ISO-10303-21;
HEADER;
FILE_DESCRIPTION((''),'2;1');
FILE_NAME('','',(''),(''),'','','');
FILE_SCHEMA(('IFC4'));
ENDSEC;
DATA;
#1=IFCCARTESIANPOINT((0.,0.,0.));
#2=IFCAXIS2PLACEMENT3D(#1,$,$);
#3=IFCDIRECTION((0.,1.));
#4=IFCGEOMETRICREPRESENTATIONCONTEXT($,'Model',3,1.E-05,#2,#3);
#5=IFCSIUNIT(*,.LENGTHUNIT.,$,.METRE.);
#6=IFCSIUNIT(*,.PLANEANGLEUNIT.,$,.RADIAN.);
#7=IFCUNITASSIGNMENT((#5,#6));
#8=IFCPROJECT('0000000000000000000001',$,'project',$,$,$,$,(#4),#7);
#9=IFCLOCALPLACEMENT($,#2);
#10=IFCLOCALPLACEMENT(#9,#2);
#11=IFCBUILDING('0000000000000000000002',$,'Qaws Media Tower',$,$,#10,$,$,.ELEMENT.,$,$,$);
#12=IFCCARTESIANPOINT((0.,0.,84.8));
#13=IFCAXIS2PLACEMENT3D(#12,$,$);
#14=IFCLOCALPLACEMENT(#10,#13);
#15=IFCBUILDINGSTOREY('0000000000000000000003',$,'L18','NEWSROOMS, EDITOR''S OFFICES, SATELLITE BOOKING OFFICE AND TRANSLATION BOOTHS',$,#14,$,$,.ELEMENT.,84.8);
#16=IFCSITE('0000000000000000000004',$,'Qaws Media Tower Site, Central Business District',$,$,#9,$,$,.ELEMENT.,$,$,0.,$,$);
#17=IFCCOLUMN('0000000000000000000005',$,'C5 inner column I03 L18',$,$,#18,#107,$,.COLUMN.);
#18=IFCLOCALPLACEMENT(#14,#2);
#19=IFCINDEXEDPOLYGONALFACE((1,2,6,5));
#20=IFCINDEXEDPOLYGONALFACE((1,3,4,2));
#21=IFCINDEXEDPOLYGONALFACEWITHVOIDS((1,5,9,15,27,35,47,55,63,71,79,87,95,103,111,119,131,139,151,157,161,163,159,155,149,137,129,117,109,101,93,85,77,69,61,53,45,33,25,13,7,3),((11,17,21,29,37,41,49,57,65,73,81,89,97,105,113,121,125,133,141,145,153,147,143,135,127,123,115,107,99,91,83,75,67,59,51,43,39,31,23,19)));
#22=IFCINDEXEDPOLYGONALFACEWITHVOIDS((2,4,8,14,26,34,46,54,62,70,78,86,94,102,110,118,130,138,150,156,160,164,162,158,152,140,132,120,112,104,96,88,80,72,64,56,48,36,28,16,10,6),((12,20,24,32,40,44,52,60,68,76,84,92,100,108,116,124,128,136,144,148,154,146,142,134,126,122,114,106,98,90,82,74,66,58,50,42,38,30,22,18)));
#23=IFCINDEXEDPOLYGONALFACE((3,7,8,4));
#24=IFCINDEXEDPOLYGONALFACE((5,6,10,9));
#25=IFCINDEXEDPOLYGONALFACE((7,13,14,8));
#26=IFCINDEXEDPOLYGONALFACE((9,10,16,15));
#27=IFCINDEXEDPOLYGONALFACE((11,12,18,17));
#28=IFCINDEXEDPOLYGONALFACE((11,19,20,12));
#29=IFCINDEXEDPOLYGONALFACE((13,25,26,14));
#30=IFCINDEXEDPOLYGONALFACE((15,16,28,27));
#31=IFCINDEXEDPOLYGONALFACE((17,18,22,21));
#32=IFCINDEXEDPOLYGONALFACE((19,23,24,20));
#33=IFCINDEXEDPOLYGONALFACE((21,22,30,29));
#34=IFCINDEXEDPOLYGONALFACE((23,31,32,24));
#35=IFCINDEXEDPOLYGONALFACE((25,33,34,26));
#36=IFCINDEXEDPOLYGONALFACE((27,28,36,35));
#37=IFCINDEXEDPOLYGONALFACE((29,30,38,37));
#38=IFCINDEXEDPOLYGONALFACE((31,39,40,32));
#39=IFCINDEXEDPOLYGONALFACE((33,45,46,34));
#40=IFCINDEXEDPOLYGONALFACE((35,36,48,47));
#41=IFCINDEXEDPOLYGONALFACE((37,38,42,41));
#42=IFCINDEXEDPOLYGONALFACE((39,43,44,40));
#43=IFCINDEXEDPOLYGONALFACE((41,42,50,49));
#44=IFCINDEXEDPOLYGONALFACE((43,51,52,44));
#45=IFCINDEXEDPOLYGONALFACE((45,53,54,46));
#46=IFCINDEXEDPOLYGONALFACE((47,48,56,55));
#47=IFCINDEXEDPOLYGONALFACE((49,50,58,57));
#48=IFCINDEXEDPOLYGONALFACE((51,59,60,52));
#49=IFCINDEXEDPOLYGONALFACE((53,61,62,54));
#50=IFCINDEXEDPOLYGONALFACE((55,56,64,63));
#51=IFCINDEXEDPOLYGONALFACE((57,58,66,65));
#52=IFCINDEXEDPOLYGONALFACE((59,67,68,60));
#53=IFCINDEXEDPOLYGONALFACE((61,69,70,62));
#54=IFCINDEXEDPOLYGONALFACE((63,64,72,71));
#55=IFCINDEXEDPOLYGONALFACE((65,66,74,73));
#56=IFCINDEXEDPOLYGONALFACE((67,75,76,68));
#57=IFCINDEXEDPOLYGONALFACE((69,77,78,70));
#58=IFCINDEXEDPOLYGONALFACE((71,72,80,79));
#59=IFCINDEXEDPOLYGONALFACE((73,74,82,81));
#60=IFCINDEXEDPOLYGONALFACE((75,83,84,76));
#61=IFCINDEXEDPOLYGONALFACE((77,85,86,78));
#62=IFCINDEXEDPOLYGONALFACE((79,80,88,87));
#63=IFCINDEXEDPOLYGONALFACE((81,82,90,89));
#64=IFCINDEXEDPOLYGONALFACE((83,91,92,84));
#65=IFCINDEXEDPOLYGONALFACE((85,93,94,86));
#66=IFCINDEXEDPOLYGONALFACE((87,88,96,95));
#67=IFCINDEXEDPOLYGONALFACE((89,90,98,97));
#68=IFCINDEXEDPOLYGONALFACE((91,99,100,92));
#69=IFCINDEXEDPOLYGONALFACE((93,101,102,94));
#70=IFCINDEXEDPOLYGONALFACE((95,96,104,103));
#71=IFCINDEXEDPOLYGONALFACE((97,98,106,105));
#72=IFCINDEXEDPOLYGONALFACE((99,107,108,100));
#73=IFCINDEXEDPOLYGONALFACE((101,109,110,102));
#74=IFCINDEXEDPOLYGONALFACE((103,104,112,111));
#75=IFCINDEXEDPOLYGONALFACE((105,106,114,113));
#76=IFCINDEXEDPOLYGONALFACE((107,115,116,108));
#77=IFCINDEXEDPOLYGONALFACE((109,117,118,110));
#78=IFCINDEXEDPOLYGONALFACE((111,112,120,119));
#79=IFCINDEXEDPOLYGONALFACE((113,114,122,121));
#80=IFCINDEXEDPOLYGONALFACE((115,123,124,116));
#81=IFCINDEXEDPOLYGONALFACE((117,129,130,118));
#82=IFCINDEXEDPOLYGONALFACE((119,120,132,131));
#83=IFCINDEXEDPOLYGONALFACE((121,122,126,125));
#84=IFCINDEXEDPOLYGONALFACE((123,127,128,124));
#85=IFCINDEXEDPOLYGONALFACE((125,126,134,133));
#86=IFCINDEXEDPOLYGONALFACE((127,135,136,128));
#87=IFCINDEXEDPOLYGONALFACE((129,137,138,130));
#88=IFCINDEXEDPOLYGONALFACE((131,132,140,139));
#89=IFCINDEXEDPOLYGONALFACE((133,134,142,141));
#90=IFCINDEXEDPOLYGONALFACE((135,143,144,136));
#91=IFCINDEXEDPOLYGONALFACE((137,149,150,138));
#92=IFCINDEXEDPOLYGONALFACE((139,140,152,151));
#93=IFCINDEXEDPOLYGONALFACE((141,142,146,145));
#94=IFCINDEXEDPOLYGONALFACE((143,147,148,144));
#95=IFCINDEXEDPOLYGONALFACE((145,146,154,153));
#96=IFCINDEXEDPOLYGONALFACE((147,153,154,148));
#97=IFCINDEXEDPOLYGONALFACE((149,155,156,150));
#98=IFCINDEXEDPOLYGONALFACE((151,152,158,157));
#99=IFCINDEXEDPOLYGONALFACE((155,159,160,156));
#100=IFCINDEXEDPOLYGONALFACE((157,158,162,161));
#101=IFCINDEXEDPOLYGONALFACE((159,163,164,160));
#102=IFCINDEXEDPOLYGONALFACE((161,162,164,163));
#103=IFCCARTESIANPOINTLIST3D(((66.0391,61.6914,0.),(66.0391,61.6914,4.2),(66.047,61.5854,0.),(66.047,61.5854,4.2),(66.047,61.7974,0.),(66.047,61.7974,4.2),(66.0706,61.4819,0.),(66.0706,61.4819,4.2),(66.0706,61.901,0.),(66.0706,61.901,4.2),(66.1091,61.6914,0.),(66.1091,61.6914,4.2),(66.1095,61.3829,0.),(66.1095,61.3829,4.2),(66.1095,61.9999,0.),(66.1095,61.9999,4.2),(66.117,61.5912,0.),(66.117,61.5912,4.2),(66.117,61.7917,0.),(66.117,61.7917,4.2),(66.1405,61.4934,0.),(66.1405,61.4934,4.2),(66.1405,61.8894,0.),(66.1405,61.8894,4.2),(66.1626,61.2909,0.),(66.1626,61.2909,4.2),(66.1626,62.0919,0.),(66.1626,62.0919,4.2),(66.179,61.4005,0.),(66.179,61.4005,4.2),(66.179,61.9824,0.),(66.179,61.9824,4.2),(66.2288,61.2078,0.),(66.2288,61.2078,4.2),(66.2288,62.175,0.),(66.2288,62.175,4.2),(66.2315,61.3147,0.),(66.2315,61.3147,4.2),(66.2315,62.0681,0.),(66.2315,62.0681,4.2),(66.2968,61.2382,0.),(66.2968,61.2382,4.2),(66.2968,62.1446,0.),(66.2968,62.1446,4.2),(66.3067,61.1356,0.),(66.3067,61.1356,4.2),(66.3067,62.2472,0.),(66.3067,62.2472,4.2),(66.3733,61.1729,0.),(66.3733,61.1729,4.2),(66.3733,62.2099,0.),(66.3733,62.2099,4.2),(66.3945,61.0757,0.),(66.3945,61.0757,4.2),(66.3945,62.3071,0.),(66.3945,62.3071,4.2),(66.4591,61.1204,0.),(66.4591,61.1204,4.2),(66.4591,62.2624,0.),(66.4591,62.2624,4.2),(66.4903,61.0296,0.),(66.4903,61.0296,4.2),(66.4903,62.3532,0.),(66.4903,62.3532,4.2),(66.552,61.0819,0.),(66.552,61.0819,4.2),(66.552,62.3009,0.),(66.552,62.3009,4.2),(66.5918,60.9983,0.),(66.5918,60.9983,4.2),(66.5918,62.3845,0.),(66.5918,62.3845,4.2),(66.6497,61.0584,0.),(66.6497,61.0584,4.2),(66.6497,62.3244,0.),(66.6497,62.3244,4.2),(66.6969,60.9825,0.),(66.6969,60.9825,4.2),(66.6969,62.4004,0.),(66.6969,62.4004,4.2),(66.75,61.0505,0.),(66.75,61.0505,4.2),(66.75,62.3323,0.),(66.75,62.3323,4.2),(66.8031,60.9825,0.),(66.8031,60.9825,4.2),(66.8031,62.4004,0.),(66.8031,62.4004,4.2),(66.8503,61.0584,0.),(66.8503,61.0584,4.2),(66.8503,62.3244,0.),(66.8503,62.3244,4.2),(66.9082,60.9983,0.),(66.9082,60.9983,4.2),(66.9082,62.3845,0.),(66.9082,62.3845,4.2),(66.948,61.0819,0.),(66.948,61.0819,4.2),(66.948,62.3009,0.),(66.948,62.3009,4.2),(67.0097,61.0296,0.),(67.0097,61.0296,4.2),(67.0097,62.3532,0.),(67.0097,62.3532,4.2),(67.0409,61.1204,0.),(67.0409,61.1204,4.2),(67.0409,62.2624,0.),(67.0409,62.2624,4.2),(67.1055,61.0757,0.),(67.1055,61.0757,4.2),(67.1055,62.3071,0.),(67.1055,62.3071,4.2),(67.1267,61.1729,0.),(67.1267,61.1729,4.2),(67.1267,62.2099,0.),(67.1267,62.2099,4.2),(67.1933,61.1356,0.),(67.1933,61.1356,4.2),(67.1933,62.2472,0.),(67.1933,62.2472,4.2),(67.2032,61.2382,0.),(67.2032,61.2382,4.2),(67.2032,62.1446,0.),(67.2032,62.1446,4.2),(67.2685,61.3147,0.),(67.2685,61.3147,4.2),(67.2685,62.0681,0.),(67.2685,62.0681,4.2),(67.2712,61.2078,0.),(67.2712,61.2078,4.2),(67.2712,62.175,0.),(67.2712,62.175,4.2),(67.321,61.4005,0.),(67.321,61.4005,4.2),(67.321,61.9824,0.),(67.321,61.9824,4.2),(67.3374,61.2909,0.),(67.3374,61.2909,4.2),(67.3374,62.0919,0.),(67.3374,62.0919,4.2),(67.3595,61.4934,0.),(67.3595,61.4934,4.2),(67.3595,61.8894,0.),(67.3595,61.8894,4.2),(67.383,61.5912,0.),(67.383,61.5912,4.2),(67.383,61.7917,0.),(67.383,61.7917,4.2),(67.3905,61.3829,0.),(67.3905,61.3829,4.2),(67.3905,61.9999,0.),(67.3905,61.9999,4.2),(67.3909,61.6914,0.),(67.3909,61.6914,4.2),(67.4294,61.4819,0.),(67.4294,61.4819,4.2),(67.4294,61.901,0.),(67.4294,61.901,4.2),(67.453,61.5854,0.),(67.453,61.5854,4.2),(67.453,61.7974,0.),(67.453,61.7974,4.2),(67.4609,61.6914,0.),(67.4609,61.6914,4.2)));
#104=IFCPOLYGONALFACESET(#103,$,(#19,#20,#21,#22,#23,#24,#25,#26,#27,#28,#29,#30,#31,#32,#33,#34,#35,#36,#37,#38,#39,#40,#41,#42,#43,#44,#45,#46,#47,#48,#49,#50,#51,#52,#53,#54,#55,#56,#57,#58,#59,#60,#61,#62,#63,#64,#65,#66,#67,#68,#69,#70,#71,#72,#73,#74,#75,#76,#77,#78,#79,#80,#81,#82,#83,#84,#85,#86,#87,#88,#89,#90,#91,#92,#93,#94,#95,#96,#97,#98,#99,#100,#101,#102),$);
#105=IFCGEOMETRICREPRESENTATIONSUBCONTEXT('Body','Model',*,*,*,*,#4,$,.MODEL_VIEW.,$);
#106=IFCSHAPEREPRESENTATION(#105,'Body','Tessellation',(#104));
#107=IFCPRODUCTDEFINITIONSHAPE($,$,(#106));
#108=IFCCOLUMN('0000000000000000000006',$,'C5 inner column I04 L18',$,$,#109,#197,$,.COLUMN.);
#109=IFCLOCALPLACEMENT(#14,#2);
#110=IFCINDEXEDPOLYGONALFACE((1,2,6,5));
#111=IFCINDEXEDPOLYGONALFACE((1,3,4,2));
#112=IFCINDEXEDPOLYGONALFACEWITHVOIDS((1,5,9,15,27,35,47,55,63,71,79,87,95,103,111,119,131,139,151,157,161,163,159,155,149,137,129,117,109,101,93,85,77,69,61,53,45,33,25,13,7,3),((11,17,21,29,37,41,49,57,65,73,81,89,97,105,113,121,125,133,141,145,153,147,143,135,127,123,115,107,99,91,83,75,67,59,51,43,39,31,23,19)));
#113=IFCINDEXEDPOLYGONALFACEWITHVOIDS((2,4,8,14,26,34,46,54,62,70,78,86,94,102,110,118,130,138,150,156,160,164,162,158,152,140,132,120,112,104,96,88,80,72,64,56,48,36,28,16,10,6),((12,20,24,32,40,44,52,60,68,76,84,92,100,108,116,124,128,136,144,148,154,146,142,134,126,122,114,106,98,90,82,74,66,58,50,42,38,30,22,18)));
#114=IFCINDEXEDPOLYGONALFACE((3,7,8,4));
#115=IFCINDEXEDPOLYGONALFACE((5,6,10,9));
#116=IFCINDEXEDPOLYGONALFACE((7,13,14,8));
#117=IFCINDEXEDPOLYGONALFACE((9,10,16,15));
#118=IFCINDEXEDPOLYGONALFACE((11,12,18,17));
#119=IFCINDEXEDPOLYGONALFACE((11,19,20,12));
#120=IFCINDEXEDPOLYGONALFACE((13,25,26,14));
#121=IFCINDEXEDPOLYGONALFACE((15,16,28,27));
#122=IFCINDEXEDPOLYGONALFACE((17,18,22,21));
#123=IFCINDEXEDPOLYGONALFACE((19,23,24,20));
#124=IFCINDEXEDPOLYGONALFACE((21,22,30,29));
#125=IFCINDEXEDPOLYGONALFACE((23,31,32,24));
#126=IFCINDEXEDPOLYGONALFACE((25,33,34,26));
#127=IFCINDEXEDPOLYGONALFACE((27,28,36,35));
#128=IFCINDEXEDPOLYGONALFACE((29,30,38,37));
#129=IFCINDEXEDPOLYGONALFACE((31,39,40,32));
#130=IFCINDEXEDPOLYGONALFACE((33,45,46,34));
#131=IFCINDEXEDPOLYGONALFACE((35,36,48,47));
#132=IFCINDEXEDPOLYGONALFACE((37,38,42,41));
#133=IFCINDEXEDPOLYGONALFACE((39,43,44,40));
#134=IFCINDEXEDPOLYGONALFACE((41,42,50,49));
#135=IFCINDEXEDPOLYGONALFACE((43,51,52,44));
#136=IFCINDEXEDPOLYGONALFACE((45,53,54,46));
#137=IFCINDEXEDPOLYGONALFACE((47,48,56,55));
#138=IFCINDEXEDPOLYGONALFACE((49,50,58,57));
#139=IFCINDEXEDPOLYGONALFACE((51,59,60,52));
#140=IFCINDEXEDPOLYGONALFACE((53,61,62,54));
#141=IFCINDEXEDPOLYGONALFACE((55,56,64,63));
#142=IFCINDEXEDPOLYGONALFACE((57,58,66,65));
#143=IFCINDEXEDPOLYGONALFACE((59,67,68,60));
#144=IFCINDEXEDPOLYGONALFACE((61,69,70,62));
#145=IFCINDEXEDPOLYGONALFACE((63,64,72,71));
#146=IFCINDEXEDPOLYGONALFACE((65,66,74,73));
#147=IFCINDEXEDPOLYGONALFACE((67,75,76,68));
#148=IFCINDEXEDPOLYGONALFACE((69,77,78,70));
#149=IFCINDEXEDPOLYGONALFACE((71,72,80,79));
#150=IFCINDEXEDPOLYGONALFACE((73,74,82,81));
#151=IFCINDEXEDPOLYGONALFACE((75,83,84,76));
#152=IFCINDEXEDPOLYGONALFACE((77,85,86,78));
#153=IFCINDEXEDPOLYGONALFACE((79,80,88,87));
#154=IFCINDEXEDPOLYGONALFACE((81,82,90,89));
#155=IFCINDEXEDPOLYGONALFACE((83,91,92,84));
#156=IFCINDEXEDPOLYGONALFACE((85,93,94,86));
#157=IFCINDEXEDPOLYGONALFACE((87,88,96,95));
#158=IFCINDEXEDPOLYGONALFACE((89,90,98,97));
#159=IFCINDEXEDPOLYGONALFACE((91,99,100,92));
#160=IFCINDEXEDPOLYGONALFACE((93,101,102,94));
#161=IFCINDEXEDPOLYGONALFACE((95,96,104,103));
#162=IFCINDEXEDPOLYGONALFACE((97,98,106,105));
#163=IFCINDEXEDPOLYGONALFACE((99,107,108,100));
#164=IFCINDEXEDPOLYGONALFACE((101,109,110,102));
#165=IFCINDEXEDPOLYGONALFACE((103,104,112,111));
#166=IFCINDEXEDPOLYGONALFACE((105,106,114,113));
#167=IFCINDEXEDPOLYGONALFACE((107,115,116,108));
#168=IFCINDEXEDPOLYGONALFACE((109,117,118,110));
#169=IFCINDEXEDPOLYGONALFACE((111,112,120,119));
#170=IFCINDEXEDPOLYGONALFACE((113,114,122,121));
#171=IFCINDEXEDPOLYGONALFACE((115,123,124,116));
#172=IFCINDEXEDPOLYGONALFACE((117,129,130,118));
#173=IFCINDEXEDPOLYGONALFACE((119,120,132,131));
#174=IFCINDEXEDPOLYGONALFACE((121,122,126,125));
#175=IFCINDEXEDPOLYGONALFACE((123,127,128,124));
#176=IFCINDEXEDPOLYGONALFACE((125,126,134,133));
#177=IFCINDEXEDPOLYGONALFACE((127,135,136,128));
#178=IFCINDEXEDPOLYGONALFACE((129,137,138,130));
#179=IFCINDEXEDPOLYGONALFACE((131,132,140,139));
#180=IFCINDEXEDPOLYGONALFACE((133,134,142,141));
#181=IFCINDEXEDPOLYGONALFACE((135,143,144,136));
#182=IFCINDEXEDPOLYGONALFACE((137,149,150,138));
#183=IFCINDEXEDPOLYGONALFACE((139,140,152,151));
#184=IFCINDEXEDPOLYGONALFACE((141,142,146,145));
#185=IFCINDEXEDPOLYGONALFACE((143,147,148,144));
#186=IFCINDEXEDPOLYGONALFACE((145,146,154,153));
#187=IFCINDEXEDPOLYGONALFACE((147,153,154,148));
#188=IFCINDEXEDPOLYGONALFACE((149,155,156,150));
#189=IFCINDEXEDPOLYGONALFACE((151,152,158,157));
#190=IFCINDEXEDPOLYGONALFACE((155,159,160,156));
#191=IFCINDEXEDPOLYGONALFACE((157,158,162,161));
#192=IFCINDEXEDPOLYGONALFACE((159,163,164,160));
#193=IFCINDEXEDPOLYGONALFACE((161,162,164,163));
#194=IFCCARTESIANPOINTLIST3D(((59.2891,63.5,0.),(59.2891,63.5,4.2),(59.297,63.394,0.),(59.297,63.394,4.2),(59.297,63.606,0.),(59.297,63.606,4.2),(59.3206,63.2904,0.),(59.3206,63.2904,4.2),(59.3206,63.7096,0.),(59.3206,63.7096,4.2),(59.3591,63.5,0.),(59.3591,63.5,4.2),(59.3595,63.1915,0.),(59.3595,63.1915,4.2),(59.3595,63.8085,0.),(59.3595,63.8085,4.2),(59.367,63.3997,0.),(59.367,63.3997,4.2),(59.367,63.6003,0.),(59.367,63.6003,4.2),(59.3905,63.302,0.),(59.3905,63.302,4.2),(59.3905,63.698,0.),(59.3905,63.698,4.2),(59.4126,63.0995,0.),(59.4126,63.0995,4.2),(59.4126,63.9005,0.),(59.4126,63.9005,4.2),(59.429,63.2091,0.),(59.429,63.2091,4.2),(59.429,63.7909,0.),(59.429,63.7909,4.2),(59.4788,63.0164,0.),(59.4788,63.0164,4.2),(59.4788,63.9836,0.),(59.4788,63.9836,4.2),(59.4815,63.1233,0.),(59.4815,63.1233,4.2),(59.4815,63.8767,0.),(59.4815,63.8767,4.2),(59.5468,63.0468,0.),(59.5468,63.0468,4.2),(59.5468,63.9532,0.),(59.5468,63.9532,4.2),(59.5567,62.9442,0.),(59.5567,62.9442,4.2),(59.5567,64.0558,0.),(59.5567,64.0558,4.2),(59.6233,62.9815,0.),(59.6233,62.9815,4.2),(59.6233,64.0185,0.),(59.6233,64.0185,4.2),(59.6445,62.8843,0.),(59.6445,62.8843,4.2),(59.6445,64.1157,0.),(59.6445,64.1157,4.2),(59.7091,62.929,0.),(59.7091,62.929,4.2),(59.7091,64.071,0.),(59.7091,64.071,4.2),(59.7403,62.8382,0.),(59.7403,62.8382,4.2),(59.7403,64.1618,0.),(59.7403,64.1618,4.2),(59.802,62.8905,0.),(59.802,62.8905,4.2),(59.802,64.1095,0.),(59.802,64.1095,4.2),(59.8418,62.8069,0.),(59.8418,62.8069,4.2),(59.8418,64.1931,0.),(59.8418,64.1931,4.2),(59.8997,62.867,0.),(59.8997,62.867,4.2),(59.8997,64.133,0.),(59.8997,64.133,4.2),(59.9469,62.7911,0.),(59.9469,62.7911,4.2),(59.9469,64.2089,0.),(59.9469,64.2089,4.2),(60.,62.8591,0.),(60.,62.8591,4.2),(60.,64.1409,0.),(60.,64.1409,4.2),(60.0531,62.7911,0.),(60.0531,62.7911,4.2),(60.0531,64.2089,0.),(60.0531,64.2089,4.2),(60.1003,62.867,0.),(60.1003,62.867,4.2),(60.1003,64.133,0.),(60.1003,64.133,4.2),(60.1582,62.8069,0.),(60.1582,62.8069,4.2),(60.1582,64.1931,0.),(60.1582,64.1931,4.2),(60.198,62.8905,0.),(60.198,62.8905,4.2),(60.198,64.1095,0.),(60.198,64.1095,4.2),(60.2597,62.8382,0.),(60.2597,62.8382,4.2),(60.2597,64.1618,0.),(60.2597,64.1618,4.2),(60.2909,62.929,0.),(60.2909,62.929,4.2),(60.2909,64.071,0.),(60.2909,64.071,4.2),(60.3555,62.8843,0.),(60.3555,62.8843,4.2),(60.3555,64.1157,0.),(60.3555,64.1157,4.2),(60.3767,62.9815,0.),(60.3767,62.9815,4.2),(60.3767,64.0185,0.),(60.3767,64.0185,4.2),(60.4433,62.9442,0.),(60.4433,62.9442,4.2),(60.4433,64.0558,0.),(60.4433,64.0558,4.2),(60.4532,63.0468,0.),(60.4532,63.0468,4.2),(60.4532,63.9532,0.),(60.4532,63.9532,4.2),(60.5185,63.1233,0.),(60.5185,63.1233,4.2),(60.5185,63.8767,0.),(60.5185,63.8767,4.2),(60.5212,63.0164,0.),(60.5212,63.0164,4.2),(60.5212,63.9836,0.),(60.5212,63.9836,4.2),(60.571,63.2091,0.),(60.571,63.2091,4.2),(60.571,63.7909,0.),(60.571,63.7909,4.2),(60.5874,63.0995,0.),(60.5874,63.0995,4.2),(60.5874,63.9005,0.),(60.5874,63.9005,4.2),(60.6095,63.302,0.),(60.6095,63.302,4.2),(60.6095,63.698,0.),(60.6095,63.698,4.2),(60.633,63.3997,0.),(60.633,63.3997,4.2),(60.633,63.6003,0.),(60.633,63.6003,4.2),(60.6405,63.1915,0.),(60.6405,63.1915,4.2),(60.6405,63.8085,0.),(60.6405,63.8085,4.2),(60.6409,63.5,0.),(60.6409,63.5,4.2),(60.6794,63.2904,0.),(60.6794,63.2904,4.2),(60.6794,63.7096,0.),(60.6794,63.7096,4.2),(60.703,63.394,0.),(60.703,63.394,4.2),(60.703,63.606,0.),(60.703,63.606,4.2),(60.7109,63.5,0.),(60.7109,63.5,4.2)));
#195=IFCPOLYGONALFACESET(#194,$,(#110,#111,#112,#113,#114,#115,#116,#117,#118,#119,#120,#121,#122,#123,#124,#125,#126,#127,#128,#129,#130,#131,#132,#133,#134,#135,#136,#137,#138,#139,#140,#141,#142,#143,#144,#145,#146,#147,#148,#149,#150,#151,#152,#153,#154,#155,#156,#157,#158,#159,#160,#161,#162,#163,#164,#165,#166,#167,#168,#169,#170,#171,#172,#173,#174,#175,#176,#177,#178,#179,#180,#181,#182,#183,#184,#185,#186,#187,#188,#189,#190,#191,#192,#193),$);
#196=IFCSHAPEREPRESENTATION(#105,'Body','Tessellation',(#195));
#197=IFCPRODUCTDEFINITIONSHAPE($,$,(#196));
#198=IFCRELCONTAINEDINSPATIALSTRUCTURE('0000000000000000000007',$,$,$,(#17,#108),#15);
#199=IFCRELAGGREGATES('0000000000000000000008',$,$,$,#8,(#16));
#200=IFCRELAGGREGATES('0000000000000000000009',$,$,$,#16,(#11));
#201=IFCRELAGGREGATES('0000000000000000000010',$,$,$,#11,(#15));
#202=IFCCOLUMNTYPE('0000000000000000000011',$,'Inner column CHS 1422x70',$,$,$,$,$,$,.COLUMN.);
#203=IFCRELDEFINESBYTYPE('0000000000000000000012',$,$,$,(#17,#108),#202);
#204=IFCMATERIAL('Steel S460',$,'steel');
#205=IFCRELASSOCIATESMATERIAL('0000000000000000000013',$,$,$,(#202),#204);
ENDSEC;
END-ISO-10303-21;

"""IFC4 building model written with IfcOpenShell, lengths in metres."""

from ifc_helpers import new_model, si_unit, direction, frame, origin, origin_2d, place, context, subcontext, project, spatial, hollow_circle, extrude, material, material_profile, profile_set, type_object, element, save


model = new_model("IFC4")

# Units and contexts
model_context = context("Model", 3, precision=1e-05, world=origin(), true_north=direction((0.0, 1.0)))
body_context = subcontext(model_context, "Body", "Model", "MODEL_VIEW")
ifc_project = project(units=[si_unit("LENGTHUNIT", "METRE"), si_unit("PLANEANGLEUNIT", "RADIAN")], contexts=[model_context])

# Site, building, storey
site_placement = place(None, origin())
site = spatial("IfcSite", under=ifc_project, at=site_placement, Name="Qaws Media Tower Site, Central Business District", CompositionType="ELEMENT", RefElevation=0.0)
building_placement = place(site_placement, origin())
building = spatial("IfcBuilding", under=site, at=building_placement, Name="Qaws Media Tower", CompositionType="ELEMENT")
storey_placement = place(building_placement, frame((0.0, 0.0, 84.8)))
storey = spatial("IfcBuildingStorey", under=building, at=storey_placement, Name="L18", Description="NEWSROOMS, EDITOR'S OFFICES, SATELLITE BOOKING OFFICE AND TRANSLATION BOOTHS", CompositionType="ELEMENT", Elevation=84.8)

# Columns
ifc_material_1 = material(Name="Steel S460", Category="steel")
ifc_material_profile_1 = material_profile(ifc_material_1, hollow_circle(Radius=0.7109, WallThickness=0.0701, at=origin_2d()), Name="CHS 1422x70")
ifc_profile_set_1 = profile_set([ifc_material_profile_1], Name="Steel S460")
column_type = type_object("IfcColumnType", Name="Inner column CHS 1422x70", PredefinedType="COLUMN", material=ifc_profile_set_1)
for number, where, z_axis, x_axis, name in (
    (1, (66.75, 61.6914, 0.0), (0.0, 0.0, 1.0), (1.0, 0.0, 0.0), "C5 inner column I03 L18"),
    (2, (60.0, 63.5, 0.0), (0.0, 0.0, 1.0), (1.0, 0.0, 0.0), "C5 inner column I04 L18"),
):
    element("IfcColumn", number, at=place(storey_placement, frame(where, z_axis=z_axis, x_axis=x_axis)), inside=storey, type_object=column_type, Name=name, PredefinedType="COLUMN", context=body_context, shape_type="SweptSolid", body=[
        extrude(hollow_circle(Radius=0.7109, WallThickness=0.0701, at=origin_2d()), origin(), (0.0, 0.0, 1.0), 4.2),
    ])

save(model, "model.ifc")
